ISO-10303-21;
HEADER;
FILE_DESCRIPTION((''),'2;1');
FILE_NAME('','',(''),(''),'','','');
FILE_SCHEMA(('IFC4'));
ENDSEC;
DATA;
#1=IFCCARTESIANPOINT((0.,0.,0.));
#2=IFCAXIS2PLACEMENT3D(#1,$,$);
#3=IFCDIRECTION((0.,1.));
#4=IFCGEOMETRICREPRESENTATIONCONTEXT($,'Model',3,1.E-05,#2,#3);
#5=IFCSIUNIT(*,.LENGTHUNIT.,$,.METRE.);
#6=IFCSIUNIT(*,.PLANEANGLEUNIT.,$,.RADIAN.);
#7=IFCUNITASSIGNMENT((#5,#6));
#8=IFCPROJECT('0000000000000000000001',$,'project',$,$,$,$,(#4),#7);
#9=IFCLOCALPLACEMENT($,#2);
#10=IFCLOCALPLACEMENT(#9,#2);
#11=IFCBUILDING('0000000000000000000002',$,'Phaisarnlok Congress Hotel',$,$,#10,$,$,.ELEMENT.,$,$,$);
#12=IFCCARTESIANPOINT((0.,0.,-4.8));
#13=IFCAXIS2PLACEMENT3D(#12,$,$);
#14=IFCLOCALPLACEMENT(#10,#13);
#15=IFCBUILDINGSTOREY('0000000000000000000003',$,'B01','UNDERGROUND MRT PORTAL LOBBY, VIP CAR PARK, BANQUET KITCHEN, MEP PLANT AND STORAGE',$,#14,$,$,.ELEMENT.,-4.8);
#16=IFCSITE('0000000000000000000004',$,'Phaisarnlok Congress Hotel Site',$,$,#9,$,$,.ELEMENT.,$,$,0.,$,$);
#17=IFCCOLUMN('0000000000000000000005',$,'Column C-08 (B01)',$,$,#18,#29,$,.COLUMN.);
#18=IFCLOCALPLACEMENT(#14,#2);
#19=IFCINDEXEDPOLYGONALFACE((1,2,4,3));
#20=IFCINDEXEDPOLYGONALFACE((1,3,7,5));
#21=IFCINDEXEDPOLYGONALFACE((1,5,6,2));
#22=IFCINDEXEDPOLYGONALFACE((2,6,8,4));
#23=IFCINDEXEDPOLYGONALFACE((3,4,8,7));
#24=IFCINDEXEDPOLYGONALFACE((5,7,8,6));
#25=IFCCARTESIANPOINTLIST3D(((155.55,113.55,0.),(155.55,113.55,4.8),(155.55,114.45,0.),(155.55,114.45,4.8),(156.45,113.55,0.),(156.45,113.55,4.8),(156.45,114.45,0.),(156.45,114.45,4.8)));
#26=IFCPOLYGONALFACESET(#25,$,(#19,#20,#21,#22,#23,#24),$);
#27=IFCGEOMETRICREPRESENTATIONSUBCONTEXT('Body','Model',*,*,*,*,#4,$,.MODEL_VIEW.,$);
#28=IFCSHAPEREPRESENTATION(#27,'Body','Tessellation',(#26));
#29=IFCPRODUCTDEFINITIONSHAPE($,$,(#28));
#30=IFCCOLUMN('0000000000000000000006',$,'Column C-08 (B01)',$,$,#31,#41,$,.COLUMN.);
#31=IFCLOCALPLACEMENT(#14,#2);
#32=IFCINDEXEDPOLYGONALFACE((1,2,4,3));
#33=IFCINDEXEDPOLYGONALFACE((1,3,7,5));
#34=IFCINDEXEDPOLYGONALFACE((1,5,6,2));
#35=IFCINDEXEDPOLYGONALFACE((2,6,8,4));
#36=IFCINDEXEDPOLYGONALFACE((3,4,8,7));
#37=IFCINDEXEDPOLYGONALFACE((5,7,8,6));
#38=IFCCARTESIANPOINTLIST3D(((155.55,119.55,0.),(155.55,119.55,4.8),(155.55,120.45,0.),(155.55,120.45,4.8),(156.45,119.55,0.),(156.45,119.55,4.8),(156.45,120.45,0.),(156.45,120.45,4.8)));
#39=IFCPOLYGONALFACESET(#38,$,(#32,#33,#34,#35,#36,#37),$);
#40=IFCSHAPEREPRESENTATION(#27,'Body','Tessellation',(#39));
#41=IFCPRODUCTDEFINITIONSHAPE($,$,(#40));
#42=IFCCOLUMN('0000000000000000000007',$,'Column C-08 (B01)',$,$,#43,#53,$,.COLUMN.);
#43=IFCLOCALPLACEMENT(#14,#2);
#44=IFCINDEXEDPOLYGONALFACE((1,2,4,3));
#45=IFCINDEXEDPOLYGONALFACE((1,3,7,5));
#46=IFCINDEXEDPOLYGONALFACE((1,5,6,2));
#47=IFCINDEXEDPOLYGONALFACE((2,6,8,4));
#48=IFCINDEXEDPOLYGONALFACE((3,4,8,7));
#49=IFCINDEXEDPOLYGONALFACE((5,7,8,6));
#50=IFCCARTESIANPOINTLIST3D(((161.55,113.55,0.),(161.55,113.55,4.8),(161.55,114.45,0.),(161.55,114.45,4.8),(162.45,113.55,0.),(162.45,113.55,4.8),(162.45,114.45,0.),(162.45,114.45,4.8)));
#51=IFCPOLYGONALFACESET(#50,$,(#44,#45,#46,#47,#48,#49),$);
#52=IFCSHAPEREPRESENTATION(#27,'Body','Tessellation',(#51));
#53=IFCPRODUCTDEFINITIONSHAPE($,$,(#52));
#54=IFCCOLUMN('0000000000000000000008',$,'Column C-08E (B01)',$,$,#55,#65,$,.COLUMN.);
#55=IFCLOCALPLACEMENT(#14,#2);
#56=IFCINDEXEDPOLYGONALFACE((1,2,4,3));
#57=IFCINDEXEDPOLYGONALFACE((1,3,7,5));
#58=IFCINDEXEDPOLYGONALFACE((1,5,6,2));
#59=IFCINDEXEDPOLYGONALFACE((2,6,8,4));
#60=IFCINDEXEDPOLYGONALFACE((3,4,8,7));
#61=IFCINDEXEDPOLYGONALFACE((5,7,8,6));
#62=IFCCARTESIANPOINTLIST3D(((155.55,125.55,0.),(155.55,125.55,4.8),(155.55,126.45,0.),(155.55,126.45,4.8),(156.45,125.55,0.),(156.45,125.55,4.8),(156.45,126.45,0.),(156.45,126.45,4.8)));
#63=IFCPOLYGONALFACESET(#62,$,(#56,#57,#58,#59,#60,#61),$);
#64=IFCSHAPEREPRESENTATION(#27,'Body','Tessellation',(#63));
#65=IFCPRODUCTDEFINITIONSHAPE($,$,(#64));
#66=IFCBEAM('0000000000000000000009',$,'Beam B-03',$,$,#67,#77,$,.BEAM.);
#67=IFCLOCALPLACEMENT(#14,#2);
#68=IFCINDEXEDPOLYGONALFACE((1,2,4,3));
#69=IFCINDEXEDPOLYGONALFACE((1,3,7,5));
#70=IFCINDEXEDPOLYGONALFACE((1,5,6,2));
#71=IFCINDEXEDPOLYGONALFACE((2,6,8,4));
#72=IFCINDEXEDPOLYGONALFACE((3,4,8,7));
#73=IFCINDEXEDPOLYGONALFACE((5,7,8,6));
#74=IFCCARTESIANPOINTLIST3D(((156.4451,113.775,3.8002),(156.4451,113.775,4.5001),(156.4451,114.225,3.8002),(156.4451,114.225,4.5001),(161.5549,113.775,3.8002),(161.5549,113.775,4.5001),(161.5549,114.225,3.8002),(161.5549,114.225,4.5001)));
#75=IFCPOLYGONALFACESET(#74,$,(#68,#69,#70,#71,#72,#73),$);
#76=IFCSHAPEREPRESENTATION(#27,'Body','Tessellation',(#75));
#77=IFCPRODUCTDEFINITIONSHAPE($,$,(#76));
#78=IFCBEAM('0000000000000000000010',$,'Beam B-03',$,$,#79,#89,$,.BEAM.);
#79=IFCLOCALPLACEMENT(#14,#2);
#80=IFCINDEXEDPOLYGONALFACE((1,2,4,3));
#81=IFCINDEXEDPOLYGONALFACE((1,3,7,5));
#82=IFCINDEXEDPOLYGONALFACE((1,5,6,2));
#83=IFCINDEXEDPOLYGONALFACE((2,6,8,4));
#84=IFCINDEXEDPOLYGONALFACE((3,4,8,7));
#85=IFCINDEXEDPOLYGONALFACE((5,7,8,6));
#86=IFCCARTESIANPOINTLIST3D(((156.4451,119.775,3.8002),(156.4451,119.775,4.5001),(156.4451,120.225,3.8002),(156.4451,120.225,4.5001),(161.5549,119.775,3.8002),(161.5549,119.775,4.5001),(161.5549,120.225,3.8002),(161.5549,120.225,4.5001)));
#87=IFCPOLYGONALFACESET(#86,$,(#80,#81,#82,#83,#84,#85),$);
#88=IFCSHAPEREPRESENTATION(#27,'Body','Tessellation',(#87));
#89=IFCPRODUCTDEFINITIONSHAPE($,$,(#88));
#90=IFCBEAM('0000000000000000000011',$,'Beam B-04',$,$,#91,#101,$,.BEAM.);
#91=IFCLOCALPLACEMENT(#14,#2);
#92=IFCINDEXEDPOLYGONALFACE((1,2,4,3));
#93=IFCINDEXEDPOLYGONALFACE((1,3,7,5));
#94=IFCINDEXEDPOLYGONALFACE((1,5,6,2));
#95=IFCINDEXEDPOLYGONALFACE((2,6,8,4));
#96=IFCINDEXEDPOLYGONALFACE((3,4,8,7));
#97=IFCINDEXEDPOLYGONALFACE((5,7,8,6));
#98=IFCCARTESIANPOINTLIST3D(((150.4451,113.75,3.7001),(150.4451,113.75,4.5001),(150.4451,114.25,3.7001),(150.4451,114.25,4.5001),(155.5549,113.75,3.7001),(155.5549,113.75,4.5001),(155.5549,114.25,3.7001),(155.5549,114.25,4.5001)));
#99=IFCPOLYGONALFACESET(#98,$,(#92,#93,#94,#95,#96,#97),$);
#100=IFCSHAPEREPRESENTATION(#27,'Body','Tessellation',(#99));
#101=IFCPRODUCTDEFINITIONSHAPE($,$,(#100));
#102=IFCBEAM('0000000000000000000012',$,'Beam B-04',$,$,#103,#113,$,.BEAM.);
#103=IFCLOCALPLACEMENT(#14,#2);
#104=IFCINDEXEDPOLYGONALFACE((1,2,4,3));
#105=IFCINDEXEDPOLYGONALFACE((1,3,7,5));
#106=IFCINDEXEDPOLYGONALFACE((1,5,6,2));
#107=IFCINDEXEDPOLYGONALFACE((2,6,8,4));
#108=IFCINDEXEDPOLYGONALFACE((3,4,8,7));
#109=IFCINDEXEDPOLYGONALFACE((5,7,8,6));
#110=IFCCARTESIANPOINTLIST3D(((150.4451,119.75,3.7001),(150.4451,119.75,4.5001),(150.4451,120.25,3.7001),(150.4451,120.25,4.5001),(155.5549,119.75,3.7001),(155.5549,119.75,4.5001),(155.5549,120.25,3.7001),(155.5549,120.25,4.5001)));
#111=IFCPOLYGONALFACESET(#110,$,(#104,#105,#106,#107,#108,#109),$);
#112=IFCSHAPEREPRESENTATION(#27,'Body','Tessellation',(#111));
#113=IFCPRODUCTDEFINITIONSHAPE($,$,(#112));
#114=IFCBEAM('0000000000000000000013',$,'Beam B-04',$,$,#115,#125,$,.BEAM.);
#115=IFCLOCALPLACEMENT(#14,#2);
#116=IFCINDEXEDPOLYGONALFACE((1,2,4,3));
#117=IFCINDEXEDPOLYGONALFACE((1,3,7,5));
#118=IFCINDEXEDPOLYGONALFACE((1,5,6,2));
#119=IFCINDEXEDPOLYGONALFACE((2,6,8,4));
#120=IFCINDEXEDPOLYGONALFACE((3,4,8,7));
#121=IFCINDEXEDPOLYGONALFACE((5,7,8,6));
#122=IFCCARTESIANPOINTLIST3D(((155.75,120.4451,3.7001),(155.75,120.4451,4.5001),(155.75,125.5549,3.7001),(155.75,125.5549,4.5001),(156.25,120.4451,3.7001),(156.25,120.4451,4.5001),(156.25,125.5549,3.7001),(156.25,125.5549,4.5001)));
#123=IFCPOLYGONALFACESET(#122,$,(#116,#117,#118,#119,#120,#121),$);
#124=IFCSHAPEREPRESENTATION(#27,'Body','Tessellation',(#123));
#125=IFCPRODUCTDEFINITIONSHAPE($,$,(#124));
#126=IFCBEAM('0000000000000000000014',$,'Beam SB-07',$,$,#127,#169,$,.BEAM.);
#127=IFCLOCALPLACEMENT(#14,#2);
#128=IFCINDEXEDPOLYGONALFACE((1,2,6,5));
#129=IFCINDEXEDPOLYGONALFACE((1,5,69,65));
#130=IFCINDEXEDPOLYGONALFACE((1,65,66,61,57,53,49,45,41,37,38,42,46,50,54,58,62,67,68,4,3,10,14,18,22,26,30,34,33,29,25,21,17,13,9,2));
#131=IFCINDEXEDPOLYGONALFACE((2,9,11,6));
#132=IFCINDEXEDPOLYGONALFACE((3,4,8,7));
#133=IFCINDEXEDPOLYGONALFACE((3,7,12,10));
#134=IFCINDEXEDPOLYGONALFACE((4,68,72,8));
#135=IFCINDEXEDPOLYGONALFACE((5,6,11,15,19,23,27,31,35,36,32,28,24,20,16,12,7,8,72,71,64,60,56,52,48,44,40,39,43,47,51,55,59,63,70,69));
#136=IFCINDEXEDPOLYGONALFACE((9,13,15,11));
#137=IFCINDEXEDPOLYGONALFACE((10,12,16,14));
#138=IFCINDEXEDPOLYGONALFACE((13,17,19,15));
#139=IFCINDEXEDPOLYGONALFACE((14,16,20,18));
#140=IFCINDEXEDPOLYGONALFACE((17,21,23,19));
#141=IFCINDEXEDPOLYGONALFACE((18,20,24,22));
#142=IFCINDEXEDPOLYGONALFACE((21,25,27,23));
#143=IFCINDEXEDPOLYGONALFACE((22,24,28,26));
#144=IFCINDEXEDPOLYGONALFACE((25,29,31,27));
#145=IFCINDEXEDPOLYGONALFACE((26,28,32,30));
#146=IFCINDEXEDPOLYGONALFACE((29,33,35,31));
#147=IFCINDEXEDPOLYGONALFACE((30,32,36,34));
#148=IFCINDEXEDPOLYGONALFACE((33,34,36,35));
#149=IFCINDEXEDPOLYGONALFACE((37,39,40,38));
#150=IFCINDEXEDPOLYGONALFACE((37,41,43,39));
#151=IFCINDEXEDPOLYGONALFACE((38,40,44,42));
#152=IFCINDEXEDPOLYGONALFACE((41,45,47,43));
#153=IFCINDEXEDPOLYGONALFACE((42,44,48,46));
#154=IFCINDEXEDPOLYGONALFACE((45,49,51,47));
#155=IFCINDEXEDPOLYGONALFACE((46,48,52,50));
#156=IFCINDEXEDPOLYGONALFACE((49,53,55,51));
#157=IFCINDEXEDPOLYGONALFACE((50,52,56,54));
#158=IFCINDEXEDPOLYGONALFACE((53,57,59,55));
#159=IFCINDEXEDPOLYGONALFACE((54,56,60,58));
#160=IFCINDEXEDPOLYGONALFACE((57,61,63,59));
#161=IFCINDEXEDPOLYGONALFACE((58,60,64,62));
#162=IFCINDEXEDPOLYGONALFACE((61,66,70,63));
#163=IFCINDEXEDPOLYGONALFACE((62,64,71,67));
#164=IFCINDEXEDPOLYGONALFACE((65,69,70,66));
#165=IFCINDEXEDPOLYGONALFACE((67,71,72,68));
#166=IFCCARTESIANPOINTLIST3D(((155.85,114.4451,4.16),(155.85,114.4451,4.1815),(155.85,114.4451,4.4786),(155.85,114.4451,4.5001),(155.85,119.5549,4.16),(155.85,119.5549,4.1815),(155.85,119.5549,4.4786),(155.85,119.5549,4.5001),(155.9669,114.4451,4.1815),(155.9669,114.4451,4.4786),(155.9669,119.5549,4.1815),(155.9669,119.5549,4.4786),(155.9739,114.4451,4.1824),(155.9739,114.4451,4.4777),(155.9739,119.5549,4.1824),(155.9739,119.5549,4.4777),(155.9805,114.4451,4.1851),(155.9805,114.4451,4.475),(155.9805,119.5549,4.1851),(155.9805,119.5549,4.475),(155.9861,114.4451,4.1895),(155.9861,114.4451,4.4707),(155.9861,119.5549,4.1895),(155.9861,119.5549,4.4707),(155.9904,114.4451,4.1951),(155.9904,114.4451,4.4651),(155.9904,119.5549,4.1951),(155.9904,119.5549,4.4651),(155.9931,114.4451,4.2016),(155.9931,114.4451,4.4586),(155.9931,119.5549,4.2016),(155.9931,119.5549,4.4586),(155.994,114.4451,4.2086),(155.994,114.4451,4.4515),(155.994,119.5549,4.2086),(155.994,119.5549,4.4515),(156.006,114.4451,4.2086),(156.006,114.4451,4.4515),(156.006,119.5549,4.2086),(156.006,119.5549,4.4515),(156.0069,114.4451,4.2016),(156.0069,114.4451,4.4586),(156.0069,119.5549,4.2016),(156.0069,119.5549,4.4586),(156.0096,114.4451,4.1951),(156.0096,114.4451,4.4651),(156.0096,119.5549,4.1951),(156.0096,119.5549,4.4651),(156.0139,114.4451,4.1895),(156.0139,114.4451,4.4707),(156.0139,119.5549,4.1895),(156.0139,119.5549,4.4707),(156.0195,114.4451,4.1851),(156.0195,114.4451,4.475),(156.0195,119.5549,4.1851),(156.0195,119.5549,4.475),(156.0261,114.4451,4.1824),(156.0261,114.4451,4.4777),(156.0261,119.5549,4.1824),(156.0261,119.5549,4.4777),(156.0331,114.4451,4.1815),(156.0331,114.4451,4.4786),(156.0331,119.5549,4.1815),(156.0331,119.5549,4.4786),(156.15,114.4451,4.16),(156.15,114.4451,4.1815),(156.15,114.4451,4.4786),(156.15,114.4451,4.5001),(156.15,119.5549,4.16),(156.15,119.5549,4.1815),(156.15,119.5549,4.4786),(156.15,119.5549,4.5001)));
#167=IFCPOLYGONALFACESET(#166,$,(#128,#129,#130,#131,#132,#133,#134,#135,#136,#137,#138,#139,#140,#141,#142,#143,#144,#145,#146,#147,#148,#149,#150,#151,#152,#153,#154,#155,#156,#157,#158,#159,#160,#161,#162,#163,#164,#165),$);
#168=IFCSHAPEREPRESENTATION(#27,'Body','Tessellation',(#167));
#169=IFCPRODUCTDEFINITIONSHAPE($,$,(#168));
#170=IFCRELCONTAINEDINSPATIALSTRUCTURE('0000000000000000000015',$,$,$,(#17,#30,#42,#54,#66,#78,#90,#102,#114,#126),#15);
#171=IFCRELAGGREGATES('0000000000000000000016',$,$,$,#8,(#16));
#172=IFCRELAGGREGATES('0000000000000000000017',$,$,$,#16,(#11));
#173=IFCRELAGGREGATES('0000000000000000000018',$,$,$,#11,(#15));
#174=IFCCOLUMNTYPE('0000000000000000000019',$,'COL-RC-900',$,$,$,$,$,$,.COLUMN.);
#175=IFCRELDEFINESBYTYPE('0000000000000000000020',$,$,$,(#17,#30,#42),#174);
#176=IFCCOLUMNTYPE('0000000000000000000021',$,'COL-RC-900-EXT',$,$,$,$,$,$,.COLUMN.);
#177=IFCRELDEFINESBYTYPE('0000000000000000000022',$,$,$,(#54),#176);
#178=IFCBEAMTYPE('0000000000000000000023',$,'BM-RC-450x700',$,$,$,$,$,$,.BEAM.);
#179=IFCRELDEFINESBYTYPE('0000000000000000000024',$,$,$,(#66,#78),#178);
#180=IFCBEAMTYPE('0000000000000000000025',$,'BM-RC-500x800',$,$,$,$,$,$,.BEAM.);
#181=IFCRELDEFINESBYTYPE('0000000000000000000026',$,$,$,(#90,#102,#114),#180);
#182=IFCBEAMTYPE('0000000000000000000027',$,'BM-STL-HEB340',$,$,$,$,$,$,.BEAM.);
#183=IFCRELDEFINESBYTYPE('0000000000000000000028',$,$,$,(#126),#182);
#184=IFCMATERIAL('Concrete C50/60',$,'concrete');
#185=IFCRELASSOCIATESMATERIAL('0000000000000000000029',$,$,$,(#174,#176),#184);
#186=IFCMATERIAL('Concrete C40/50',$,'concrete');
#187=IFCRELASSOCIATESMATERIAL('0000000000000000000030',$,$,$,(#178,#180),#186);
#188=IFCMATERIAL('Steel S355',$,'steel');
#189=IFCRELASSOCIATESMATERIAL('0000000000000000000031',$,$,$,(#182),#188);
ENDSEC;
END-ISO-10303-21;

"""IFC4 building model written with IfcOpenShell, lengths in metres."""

from ifc_helpers import new_model, si_unit, direction, frame, origin, origin_2d, place, context, subcontext, project, spatial, rectangle, i_section, extrude, material, material_profile, profile_set, type_object, element, save


model = new_model("IFC4")

# Units and contexts
model_context = context("Model", 3, precision=1e-05, world=origin(), true_north=direction((0.0, 1.0)))
body_context = subcontext(model_context, "Body", "Model", "MODEL_VIEW")
ifc_project = project(units=[si_unit("LENGTHUNIT", "METRE"), si_unit("PLANEANGLEUNIT", "RADIAN")], contexts=[model_context])

# Site, building, storey
site_placement = place(None, origin())
site = spatial("IfcSite", under=ifc_project, at=site_placement, Name="Phaisarnlok Congress Hotel Site", CompositionType="ELEMENT", RefElevation=0.0)
building_placement = place(site_placement, origin())
building = spatial("IfcBuilding", under=site, at=building_placement, Name="Phaisarnlok Congress Hotel", CompositionType="ELEMENT")
storey_placement = place(building_placement, frame((0.0, 0.0, -4.8)))
storey = spatial("IfcBuildingStorey", under=building, at=storey_placement, Name="B01", Description="UNDERGROUND MRT PORTAL LOBBY, VIP CAR PARK, BANQUET KITCHEN, MEP PLANT AND STORAGE", CompositionType="ELEMENT", Elevation=-4.8)

# Shared definitions
ifc_material_1 = material(Name="Concrete C40/50", Category="concrete")

# Columns
ifc_material_2 = material(Name="Concrete C50/60", Category="concrete")
ifc_material_profile_1 = material_profile(ifc_material_2, rectangle(XDim=0.8999, YDim=0.8999, at=origin_2d()), Name="RC 900x900")
ifc_profile_set_1 = profile_set([ifc_material_profile_1], Name="Concrete C50/60")
column_type_1 = type_object("IfcColumnType", Name="COL-RC-900", PredefinedType="COLUMN", material=ifc_profile_set_1)
for number, where, z_axis, x_axis, name in (
    (1, (156.0, 114.0, 0.0), (0.0, 0.0, 1.0), (1.0, 0.0, 0.0), "Column C-08 (B01)"),
    (2, (156.0, 120.0, 0.0), (0.0, 0.0, 1.0), (1.0, 0.0, 0.0), "Column C-08 (B01)"),
    (3, (162.0, 114.0, 0.0), (0.0, 0.0, 1.0), (1.0, 0.0, 0.0), "Column C-08 (B01)"),
):
    element("IfcColumn", number, at=place(storey_placement, frame(where, z_axis=z_axis, x_axis=x_axis)), inside=storey, type_object=column_type_1, Name=name, PredefinedType="COLUMN", context=body_context, shape_type="SweptSolid", body=[
        extrude(rectangle(XDim=0.8999, YDim=0.8999, at=origin_2d()), origin(), (0.0, 0.0, 1.0), 4.8),
    ])
ifc_material_profile_2 = material_profile(ifc_material_2, rectangle(XDim=0.8999, YDim=0.8999, at=origin_2d()), Name="RC 900x900")
ifc_profile_set_2 = profile_set([ifc_material_profile_2], Name="Concrete C50/60")
column_type_2 = type_object("IfcColumnType", Name="COL-RC-900-EXT", PredefinedType="COLUMN", material=ifc_profile_set_2)
column_placement = place(storey_placement, frame((156.0, 126.0, 0.0), z_axis=(0.0, 0.0, 1.0), x_axis=(1.0, 0.0, 0.0)))
element("IfcColumn", 4, at=column_placement, inside=storey, type_object=column_type_2, Name="Column C-08E (B01)", PredefinedType="COLUMN", context=body_context, shape_type="SweptSolid", body=[
    extrude(rectangle(XDim=0.8999, YDim=0.8999, at=origin_2d()), origin(), (0.0, 0.0, 1.0), 4.8),
])

# Beams
ifc_material_profile_3 = material_profile(ifc_material_1, rectangle(XDim=0.45, YDim=0.7, at=origin_2d()), Name="RC 450x700")
ifc_profile_set_3 = profile_set([ifc_material_profile_3], Name="Concrete C40/50")
beam_type_1 = type_object("IfcBeamType", Name="BM-RC-450x700", PredefinedType="BEAM", material=ifc_profile_set_3)
for number, where, z_axis, x_axis, name in (
    (5, (156.4451, 114.0, 4.1501), (1.0, 0.0, 0.0), (0.0, 1.0, 0.0), "Beam B-03"),
    (6, (156.4451, 120.0, 4.1501), (1.0, 0.0, 0.0), (0.0, 1.0, 0.0), "Beam B-03"),
):
    element("IfcBeam", number, at=place(storey_placement, frame(where, z_axis=z_axis, x_axis=x_axis)), inside=storey, type_object=beam_type_1, Name=name, PredefinedType="BEAM", context=body_context, shape_type="SweptSolid", body=[
        extrude(rectangle(XDim=0.45, YDim=0.7, at=origin_2d()), origin(), (0.0, 0.0, 1.0), 5.1099),
    ])
ifc_material_profile_4 = material_profile(ifc_material_1, rectangle(XDim=0.5, YDim=0.8, at=origin_2d()), Name="RC 500x800")
ifc_profile_set_4 = profile_set([ifc_material_profile_4], Name="Concrete C40/50")
beam_type_2 = type_object("IfcBeamType", Name="BM-RC-500x800", PredefinedType="BEAM", material=ifc_profile_set_4)
for number, where, z_axis, x_axis, name in (
    (7, (150.4451, 114.0, 4.1001), (1.0, 0.0, 0.0), (0.0, 1.0, 0.0), "Beam B-04"),
    (8, (150.4451, 120.0, 4.1001), (1.0, 0.0, 0.0), (0.0, 1.0, 0.0), "Beam B-04"),
    (9, (156.0, 120.4451, 4.1001), (0.0, 1.0, 0.0), (-1.0, 0.0, 0.0), "Beam B-04"),
):
    element("IfcBeam", number, at=place(storey_placement, frame(where, z_axis=z_axis, x_axis=x_axis)), inside=storey, type_object=beam_type_2, Name=name, PredefinedType="BEAM", context=body_context, shape_type="SweptSolid", body=[
        extrude(rectangle(XDim=0.5, YDim=0.8, at=origin_2d()), origin(), (0.0, 0.0, 1.0), 5.1099),
    ])
ifc_material_3 = material(Name="Steel S355", Category="steel")
ifc_material_profile_5 = material_profile(ifc_material_3, i_section(OverallWidth=0.3, OverallDepth=0.3401, WebThickness=0.012, FlangeThickness=0.0215, FilletRadius=0.0271, at=origin_2d()), Name="HEB 340")
ifc_profile_set_5 = profile_set([ifc_material_profile_5], Name="Steel S355")
beam_type_3 = type_object("IfcBeamType", Name="BM-STL-HEB340", PredefinedType="BEAM", material=ifc_profile_set_5)
for number, where, z_axis, x_axis, name in (
    (10, (156.0, 114.4451, 4.3301), (0.0, 1.0, 0.0), (-1.0, 0.0, 0.0), "Beam SB-07"),
):
    element("IfcBeam", number, at=place(storey_placement, frame(where, z_axis=z_axis, x_axis=x_axis)), inside=storey, type_object=beam_type_3, Name=name, PredefinedType="BEAM", context=body_context, shape_type="SweptSolid", body=[
        extrude(i_section(OverallWidth=0.3, OverallDepth=0.3401, WebThickness=0.012, FlangeThickness=0.0215, FilletRadius=0.0271, at=origin_2d()), origin(), (0.0, 0.0, 1.0), 5.1099),
    ])

save(model, "model.ifc")
